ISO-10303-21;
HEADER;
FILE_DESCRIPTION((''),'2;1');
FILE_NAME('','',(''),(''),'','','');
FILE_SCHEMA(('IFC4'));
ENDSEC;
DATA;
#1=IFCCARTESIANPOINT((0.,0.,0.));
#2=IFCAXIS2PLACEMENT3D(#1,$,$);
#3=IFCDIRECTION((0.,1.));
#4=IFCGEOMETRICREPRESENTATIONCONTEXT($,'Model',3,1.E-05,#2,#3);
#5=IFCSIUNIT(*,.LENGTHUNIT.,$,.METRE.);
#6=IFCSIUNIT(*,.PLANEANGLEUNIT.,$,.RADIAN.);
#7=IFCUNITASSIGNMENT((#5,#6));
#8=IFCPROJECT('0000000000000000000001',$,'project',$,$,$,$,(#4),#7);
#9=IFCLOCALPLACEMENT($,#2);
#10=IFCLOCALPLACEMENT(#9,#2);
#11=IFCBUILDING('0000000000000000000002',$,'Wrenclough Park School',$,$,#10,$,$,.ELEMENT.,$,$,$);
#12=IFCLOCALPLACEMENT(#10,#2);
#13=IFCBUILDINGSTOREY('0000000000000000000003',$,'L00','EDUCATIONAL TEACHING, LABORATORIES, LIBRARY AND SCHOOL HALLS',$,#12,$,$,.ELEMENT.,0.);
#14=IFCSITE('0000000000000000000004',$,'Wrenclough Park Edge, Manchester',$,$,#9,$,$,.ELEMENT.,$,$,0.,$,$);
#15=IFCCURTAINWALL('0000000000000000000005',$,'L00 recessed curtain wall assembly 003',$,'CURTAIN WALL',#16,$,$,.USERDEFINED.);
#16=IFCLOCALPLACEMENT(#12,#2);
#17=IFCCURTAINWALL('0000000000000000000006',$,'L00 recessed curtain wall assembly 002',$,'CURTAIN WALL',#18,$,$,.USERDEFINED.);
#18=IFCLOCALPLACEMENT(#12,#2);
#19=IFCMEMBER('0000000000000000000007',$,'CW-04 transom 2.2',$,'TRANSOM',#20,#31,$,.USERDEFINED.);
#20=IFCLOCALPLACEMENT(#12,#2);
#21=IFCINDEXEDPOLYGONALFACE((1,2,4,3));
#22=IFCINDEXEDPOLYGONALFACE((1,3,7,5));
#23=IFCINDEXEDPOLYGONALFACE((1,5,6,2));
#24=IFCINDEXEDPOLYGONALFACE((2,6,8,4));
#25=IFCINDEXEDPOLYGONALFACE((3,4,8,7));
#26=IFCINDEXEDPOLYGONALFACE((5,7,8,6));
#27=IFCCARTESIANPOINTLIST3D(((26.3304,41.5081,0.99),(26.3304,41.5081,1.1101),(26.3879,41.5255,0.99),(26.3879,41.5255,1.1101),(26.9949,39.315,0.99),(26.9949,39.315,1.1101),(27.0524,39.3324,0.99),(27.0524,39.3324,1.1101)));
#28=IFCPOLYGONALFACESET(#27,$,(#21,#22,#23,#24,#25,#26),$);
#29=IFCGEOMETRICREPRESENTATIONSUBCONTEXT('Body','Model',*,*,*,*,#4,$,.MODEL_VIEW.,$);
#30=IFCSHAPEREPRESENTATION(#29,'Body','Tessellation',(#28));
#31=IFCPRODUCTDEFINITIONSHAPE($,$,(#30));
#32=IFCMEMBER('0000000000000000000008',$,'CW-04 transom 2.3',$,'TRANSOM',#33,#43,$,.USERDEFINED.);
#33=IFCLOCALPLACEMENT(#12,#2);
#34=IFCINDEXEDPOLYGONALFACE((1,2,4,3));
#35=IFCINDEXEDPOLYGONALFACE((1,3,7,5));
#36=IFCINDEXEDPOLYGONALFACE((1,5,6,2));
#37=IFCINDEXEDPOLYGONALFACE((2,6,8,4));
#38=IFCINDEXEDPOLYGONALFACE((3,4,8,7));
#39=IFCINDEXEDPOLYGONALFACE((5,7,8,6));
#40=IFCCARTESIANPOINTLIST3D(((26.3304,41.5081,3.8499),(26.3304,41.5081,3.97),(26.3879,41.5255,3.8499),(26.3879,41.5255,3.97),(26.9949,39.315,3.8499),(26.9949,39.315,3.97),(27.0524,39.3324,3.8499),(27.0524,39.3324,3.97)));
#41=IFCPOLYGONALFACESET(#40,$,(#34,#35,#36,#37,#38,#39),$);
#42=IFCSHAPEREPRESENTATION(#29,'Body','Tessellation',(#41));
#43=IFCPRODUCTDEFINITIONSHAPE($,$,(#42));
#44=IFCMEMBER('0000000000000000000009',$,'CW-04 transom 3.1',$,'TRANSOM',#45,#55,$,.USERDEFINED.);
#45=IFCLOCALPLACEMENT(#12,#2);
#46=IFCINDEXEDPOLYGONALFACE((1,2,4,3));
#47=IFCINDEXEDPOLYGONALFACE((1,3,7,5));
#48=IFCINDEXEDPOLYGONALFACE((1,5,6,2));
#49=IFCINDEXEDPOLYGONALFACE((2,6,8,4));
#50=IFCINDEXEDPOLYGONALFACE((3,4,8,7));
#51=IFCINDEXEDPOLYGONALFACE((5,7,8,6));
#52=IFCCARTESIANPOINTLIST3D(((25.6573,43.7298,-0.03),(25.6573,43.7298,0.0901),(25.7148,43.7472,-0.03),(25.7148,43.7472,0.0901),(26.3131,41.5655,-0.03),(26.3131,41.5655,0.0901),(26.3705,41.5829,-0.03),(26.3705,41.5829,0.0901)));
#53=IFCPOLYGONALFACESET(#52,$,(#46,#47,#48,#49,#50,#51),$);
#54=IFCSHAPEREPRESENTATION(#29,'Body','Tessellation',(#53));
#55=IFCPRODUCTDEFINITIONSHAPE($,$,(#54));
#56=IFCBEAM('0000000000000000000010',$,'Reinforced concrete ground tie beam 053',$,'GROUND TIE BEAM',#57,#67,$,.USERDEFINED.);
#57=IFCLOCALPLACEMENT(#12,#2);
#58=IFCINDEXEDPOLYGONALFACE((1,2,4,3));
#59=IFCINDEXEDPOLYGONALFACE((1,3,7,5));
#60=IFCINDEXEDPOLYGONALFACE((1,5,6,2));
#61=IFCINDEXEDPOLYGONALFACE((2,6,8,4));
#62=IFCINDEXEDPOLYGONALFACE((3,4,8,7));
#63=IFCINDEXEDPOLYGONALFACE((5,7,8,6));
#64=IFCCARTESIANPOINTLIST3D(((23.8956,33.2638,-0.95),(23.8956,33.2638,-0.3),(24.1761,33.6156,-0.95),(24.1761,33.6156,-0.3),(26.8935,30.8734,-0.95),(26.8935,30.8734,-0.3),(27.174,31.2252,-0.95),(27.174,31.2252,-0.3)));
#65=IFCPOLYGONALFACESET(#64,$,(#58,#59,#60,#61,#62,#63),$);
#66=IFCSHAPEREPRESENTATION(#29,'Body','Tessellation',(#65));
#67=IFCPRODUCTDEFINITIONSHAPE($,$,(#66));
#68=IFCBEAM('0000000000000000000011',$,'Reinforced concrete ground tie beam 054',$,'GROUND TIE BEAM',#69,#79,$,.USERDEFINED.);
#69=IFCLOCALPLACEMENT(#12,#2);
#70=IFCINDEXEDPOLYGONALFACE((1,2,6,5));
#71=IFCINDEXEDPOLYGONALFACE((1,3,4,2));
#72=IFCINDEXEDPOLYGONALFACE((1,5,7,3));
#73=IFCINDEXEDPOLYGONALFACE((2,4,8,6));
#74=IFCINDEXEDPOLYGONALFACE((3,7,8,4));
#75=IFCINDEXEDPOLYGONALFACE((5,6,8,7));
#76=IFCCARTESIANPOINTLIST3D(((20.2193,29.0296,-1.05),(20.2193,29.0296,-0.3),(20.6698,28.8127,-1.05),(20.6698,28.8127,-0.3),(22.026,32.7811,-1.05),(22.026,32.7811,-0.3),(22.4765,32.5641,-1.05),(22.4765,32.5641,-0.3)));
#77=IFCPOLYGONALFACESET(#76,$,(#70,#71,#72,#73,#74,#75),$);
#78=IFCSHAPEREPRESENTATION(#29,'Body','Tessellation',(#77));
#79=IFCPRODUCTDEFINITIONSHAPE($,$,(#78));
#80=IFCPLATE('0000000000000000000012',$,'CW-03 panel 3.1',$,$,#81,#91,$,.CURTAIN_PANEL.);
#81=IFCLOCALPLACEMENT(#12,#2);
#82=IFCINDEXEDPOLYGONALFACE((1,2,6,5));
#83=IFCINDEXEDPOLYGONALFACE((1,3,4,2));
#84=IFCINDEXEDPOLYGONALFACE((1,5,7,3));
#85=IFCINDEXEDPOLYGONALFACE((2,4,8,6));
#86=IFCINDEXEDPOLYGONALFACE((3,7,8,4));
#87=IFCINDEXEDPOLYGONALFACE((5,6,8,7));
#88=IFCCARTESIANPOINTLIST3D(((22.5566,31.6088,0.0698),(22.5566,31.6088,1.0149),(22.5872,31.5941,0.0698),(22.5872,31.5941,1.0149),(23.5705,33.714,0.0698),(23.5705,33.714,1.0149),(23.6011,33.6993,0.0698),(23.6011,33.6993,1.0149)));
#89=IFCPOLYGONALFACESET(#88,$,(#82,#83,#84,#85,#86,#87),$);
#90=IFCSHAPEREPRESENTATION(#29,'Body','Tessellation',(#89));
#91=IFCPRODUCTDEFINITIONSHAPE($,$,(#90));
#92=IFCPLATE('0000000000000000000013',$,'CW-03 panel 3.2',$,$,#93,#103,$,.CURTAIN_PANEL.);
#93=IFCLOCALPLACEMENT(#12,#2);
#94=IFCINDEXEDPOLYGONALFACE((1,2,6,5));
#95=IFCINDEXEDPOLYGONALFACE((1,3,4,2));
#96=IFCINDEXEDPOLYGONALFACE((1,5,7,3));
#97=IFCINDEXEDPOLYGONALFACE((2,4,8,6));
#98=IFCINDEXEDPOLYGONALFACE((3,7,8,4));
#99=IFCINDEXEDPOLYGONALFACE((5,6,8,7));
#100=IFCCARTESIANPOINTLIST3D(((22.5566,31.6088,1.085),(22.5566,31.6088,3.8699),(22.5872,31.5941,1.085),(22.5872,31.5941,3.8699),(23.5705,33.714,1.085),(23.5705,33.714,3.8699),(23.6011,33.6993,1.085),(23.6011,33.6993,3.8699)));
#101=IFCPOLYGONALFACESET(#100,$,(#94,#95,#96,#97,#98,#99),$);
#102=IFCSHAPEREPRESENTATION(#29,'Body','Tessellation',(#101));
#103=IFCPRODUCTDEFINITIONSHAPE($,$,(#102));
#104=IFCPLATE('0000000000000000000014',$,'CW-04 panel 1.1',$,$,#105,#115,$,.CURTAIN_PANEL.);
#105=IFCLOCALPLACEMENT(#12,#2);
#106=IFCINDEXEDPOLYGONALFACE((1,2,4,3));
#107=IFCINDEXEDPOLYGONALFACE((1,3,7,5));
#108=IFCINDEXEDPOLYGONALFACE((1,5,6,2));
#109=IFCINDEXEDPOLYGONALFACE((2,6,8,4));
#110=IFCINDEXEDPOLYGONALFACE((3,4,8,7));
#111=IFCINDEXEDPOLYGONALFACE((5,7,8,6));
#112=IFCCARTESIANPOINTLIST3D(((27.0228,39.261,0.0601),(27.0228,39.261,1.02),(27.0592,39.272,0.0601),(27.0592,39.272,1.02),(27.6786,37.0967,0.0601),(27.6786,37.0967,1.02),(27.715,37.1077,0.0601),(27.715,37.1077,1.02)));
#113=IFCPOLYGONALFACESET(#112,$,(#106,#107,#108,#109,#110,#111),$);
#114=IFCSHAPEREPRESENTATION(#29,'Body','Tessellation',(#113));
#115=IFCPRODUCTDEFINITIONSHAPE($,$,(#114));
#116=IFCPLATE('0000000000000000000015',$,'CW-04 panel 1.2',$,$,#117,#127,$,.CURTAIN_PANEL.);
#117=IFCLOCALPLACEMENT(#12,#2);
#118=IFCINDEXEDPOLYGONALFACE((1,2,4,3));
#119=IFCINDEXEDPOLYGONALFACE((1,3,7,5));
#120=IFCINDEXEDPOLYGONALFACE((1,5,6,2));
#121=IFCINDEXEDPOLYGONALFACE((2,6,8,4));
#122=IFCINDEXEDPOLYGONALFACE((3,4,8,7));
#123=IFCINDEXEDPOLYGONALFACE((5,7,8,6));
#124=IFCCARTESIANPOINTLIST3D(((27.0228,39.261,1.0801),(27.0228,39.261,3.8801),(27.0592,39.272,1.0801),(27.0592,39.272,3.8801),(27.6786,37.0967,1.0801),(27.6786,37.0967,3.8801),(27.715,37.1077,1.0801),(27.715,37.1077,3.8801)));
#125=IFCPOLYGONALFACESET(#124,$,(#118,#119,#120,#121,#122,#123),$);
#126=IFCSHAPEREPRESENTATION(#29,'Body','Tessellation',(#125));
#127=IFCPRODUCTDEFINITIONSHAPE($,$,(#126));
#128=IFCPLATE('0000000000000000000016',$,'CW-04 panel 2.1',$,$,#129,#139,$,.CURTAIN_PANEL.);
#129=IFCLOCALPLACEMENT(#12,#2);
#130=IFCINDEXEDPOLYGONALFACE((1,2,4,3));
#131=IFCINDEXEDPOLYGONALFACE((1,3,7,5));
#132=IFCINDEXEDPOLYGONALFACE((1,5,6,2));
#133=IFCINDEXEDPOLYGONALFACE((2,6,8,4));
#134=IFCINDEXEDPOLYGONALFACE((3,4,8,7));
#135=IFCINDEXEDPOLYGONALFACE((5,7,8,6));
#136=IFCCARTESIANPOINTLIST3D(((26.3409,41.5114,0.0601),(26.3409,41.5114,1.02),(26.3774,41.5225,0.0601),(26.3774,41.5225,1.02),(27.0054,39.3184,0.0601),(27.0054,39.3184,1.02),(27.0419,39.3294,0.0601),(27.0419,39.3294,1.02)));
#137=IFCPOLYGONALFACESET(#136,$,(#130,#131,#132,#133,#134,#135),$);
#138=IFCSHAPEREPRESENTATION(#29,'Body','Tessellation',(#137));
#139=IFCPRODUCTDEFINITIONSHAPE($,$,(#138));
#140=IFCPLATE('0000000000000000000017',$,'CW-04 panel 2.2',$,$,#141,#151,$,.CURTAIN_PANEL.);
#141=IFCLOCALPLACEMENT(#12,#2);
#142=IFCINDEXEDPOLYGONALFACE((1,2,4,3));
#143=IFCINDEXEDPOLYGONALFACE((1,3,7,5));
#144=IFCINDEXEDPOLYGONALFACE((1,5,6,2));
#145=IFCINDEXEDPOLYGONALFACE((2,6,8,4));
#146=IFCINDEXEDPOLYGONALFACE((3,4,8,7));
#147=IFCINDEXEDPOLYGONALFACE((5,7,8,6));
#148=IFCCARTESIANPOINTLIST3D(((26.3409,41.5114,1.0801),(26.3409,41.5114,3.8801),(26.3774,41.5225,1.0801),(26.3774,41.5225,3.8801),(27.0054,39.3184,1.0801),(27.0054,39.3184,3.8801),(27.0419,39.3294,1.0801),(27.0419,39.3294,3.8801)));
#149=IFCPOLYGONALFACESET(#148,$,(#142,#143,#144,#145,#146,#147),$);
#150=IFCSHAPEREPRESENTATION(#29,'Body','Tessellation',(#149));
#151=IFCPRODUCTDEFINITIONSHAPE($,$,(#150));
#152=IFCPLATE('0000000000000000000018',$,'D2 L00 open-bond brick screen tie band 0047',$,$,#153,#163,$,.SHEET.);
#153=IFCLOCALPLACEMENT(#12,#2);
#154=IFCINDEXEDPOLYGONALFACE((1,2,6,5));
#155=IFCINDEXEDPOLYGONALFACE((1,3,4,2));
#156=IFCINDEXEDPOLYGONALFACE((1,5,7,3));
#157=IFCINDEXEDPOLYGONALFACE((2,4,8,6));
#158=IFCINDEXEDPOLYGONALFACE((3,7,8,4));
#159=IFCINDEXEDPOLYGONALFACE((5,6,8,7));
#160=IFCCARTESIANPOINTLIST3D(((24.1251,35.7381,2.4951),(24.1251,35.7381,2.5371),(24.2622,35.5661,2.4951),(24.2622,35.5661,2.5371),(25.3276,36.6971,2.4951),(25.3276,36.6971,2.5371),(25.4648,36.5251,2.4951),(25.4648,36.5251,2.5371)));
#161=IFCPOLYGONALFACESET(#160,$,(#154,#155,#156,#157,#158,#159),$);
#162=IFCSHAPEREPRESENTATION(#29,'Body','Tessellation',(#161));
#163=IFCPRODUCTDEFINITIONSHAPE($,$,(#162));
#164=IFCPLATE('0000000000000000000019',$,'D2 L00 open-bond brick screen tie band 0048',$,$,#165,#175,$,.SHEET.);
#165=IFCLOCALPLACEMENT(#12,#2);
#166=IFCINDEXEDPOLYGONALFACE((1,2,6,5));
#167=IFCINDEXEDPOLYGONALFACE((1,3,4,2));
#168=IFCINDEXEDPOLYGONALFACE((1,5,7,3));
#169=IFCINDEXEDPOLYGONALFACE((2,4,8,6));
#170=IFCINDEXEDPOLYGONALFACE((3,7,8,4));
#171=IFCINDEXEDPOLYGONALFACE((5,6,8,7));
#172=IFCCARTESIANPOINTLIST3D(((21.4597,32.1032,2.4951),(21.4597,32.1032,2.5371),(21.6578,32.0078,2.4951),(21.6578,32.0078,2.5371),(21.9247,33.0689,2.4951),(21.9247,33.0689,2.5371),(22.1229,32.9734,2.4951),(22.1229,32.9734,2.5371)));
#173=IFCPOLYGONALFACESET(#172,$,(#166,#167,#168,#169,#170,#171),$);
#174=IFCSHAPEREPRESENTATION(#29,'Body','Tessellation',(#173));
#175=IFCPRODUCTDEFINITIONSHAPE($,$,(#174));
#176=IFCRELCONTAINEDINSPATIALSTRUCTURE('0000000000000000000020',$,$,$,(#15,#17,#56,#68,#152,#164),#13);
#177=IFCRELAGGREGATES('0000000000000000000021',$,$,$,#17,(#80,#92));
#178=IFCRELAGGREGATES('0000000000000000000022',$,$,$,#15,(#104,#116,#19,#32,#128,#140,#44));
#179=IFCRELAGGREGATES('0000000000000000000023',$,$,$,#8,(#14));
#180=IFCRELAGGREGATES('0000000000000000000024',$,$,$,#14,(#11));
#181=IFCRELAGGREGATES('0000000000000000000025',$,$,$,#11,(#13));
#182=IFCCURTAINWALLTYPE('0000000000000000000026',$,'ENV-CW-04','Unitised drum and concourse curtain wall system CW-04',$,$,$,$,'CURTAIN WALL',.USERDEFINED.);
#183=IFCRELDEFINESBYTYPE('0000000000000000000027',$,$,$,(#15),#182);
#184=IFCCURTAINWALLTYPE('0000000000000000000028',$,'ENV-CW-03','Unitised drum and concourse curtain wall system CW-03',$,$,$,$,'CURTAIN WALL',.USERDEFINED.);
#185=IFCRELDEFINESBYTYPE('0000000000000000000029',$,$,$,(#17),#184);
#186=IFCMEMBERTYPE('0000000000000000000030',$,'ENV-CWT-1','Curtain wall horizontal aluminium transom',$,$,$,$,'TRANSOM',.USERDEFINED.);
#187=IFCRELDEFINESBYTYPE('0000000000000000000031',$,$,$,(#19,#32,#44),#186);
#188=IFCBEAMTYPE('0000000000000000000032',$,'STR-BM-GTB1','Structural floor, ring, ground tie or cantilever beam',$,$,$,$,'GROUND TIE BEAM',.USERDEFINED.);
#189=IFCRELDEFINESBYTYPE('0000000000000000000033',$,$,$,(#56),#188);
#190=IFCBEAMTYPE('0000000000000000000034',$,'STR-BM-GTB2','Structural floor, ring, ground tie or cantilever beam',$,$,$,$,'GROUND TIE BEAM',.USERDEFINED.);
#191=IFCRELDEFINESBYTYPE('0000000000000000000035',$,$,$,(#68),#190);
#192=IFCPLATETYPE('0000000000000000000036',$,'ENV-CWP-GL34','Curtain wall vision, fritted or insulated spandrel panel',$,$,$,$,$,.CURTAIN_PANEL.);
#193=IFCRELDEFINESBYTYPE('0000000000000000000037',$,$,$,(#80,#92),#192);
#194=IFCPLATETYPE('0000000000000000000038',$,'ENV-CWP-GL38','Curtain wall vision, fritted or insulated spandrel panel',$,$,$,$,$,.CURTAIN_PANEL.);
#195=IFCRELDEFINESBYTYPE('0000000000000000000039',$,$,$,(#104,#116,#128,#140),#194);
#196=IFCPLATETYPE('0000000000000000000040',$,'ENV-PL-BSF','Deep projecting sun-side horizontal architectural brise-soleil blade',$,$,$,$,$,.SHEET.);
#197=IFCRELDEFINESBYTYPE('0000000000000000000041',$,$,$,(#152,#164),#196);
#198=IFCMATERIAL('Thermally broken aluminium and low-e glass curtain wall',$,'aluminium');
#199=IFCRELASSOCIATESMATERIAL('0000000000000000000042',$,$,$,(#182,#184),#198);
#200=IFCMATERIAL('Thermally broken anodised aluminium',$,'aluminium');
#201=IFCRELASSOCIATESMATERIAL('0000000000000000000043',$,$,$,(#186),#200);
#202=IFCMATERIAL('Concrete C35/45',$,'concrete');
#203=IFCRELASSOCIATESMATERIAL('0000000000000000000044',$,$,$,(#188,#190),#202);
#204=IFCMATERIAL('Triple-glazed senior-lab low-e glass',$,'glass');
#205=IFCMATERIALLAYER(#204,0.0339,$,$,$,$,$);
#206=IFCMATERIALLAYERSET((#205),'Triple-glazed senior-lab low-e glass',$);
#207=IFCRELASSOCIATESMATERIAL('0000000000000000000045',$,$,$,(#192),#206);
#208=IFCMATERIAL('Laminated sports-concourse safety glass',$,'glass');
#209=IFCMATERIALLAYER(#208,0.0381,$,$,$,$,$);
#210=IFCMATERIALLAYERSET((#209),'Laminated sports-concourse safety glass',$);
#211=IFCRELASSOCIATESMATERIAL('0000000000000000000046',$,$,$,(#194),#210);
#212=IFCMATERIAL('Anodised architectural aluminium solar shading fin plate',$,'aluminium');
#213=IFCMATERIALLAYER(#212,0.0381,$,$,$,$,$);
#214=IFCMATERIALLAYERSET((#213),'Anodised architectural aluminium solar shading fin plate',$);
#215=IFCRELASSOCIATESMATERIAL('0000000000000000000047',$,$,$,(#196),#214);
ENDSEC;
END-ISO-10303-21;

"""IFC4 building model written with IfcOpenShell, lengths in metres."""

from ifc_helpers import new_model, si_unit, direction, frame, origin, origin_2d, place, context, subcontext, project, spatial, rectangle, extrude, material, layer, layer_set, material_profile, profile_set, type_object, element, aggregate, save


model = new_model("IFC4")

# Units and contexts
model_context = context("Model", 3, precision=1e-05, world=origin(), true_north=direction((0.0, 1.0)))
body_context = subcontext(model_context, "Body", "Model", "MODEL_VIEW")
ifc_project = project(units=[si_unit("LENGTHUNIT", "METRE"), si_unit("PLANEANGLEUNIT", "RADIAN")], contexts=[model_context])

# Site, building, storey
site_placement = place(None, origin())
site = spatial("IfcSite", under=ifc_project, at=site_placement, Name="Wrenclough Park Edge, Manchester", CompositionType="ELEMENT", RefElevation=0.0)
building_placement = place(site_placement, origin())
building = spatial("IfcBuilding", under=site, at=building_placement, Name="Wrenclough Park School", CompositionType="ELEMENT")
storey_placement = place(building_placement, origin())
storey = spatial("IfcBuildingStorey", under=building, at=storey_placement, Name="L00", Description="EDUCATIONAL TEACHING, LABORATORIES, LIBRARY AND SCHOOL HALLS", CompositionType="ELEMENT", Elevation=0.0)

# Shared definitions
ifc_material_1 = material(Name="Concrete C35/45", Category="concrete")

# Curtain wall
ifc_material_2 = material(Name="Thermally broken aluminium and low-e glass curtain wall", Category="aluminium")
curtain_wall_type_1 = type_object("IfcCurtainWallType", Name="ENV-CW-04", Description="Unitised drum and concourse curtain wall system CW-04", ElementType="CURTAIN WALL", PredefinedType="USERDEFINED", material=ifc_material_2)
curtain_wall_1_placement = place(storey_placement, origin())
curtain_wall_1 = element("IfcCurtainWall", 1, at=curtain_wall_1_placement, inside=storey, type_object=curtain_wall_type_1, Name="L00 recessed curtain wall assembly 003", ObjectType="CURTAIN WALL", PredefinedType="USERDEFINED")
ifc_material_3 = material(Name="Thermally broken anodised aluminium", Category="aluminium")

# Curtain wall
curtain_wall_type_2 = type_object("IfcCurtainWallType", Name="ENV-CW-03", Description="Unitised drum and concourse curtain wall system CW-03", ElementType="CURTAIN WALL", PredefinedType="USERDEFINED", material=ifc_material_2)
curtain_wall_2_placement = place(storey_placement, origin())
curtain_wall_2 = element("IfcCurtainWall", 2, at=curtain_wall_2_placement, inside=storey, type_object=curtain_wall_type_2, Name="L00 recessed curtain wall assembly 002", ObjectType="CURTAIN WALL", PredefinedType="USERDEFINED")

# Members
ifc_material_profile_1 = material_profile(ifc_material_3, rectangle(XDim=0.0601, YDim=0.1201, at=origin_2d()), Name="AL TRANSOM 60x120")
ifc_profile_set_1 = profile_set([ifc_material_profile_1], Name="Thermally broken anodised aluminium")
member_type_1 = type_object("IfcMemberType", Name="ENV-CWT-1", Description="Curtain wall horizontal aluminium transom", ElementType="TRANSOM", PredefinedType="USERDEFINED", material=ifc_profile_set_1)
member_1_placement = place(storey_placement, frame((27.0237, 39.3237, 1.05), z_axis=(-0.289996, 0.957028, 0.0), x_axis=(-0.957028, -0.289996, 0.0)))
member_1 = element("IfcMember", 3, at=member_1_placement, type_object=member_type_1, Name="CW-04 transom 2.2", ObjectType="TRANSOM", PredefinedType="USERDEFINED", context=body_context, shape_type="SweptSolid", body=[
    extrude(rectangle(XDim=0.0601, YDim=0.1201, at=origin_2d()), origin(), (0.0, 0.0, 1.0), 2.2915),
])
member_2_placement = place(storey_placement, frame((27.0237, 39.3237, 3.9099), z_axis=(-0.289996, 0.957028, 0.0), x_axis=(-0.957028, -0.289996, 0.0)))
member_2 = element("IfcMember", 4, at=member_2_placement, type_object=member_type_1, Name="CW-04 transom 2.3", ObjectType="TRANSOM", PredefinedType="USERDEFINED", context=body_context, shape_type="SweptSolid", body=[
    extrude(rectangle(XDim=0.0601, YDim=0.1201, at=origin_2d()), origin(), (0.0, 0.0, 1.0), 2.2915),
])
member_3_placement = place(storey_placement, frame((26.3418, 41.5742, 0.03), z_axis=(-0.289971, 0.957035, 0.0), x_axis=(-0.957035, -0.289971, 0.0)))
member_3 = element("IfcMember", 5, at=member_3_placement, type_object=member_type_1, Name="CW-04 transom 3.1", ObjectType="TRANSOM", PredefinedType="USERDEFINED", context=body_context, shape_type="SweptSolid", body=[
    extrude(rectangle(XDim=0.0601, YDim=0.1201, at=origin_2d()), origin(), (0.0, 0.0, 1.0), 2.2615),
])

# Beams
ifc_material_profile_2 = material_profile(ifc_material_1, rectangle(XDim=0.45, YDim=0.6499, at=origin_2d()), Name="RC GROUND 450x650")
ifc_profile_set_2 = profile_set([ifc_material_profile_2], Name="Concrete C35/45")
beam_type_1 = type_object("IfcBeamType", Name="STR-BM-GTB1", Description="Structural floor, ring, ground tie or cantilever beam", ElementType="GROUND TIE BEAM", PredefinedType="USERDEFINED", material=ifc_profile_set_2)
beam_1_placement = place(storey_placement, frame((24.0359, 33.4397, -0.625), z_axis=(0.781868, -0.623444, 0.0), x_axis=(0.623444, 0.781868, 0.0)))
element("IfcBeam", 6, at=beam_1_placement, inside=storey, type_object=beam_type_1, Name="Reinforced concrete ground tie beam 053", ObjectType="GROUND TIE BEAM", PredefinedType="USERDEFINED", context=body_context, shape_type="SweptSolid", body=[
    extrude(rectangle(XDim=0.45, YDim=0.6499, at=origin_2d()), origin(), (0.0, 0.0, 1.0), 3.8342),
])
ifc_material_profile_3 = material_profile(ifc_material_1, rectangle(XDim=0.5, YDim=0.75, at=origin_2d()), Name="RC GROUND 500x750")
ifc_profile_set_3 = profile_set([ifc_material_profile_3], Name="Concrete C35/45")
beam_type_2 = type_object("IfcBeamType", Name="STR-BM-GTB2", Description="Structural floor, ring, ground tie or cantilever beam", ElementType="GROUND TIE BEAM", PredefinedType="USERDEFINED", material=ifc_profile_set_3)
beam_2_placement = place(storey_placement, frame((22.2512, 32.6726, -0.675), z_axis=(-0.43389, -0.900966, 0.0), x_axis=(0.900966, -0.43389, 0.0)))
element("IfcBeam", 7, at=beam_2_placement, inside=storey, type_object=beam_type_2, Name="Reinforced concrete ground tie beam 054", ObjectType="GROUND TIE BEAM", PredefinedType="USERDEFINED", context=body_context, shape_type="SweptSolid", body=[
    extrude(rectangle(XDim=0.5, YDim=0.75, at=origin_2d()), origin(), (0.0, 0.0, 1.0), 4.1638),
])

# Plates
ifc_material_4 = material(Name="Triple-glazed senior-lab low-e glass", Category="glass")
ifc_layer_1 = layer(ifc_material_4, 0.0339)
ifc_layer_set_1 = layer_set([ifc_layer_1], Name="Triple-glazed senior-lab low-e glass")
plate_type_1 = type_object("IfcPlateType", Name="ENV-CWP-GL34", Description="Curtain wall vision, fritted or insulated spandrel panel", PredefinedType="CURTAIN_PANEL", material=ifc_layer_set_1)
plate_1_placement = place(storey_placement, frame((23.0789, 32.6541, 0.0698), z_axis=(0.0, 0.0, 1.0), x_axis=(0.433895, 0.900964, 0.0)))
plate_1 = element("IfcPlate", 8, at=plate_1_placement, type_object=plate_type_1, Name="CW-03 panel 3.1", PredefinedType="CURTAIN_PANEL", context=body_context, shape_type="SweptSolid", body=[
    extrude(rectangle(XDim=2.3367, YDim=0.0339, at=origin_2d()), origin(), (0.0, 0.0, 1.0), 0.9451),
])
plate_2_placement = place(storey_placement, frame((23.0789, 32.6541, 1.085), z_axis=(0.0, 0.0, 1.0), x_axis=(0.433895, 0.900964, 0.0)))
plate_2 = element("IfcPlate", 9, at=plate_2_placement, type_object=plate_type_1, Name="CW-03 panel 3.2", PredefinedType="CURTAIN_PANEL", context=body_context, shape_type="SweptSolid", body=[
    extrude(rectangle(XDim=2.3367, YDim=0.0339, at=origin_2d()), origin(), (0.0, 0.0, 1.0), 2.7849),
])
aggregate(curtain_wall_2, [plate_1, plate_2])
ifc_material_5 = material(Name="Laminated sports-concourse safety glass", Category="glass")
ifc_layer_2 = layer(ifc_material_5, 0.0381)
ifc_layer_set_2 = layer_set([ifc_layer_2], Name="Laminated sports-concourse safety glass")
plate_type_2 = type_object("IfcPlateType", Name="ENV-CWP-GL38", Description="Curtain wall vision, fritted or insulated spandrel panel", PredefinedType="CURTAIN_PANEL", material=ifc_layer_set_2)
plate_3_placement = place(storey_placement, frame((27.3689, 38.1843, 0.0601), z_axis=(0.0, 0.0, 1.0), x_axis=(-0.289988, 0.95703, 0.0)))
plate_3 = element("IfcPlate", 10, at=plate_3_placement, type_object=plate_type_2, Name="CW-04 panel 1.1", PredefinedType="CURTAIN_PANEL", context=body_context, shape_type="SweptSolid", body=[
    extrude(rectangle(XDim=2.2615, YDim=0.0381, at=origin_2d()), origin(), (0.0, 0.0, 1.0), 0.96),
])
plate_4_placement = place(storey_placement, frame((27.3689, 38.1843, 1.0801), z_axis=(0.0, 0.0, 1.0), x_axis=(-0.289988, 0.95703, 0.0)))
plate_4 = element("IfcPlate", 11, at=plate_4_placement, type_object=plate_type_2, Name="CW-04 panel 1.2", PredefinedType="CURTAIN_PANEL", context=body_context, shape_type="SweptSolid", body=[
    extrude(rectangle(XDim=2.2615, YDim=0.0381, at=origin_2d()), origin(), (0.0, 0.0, 1.0), 2.8),
])
plate_5_placement = place(storey_placement, frame((26.6914, 40.4204, 0.0601), z_axis=(0.0, 0.0, 1.0), x_axis=(-0.289988, 0.95703, 0.0)))
plate_5 = element("IfcPlate", 12, at=plate_5_placement, type_object=plate_type_2, Name="CW-04 panel 2.1", PredefinedType="CURTAIN_PANEL", context=body_context, shape_type="SweptSolid", body=[
    extrude(rectangle(XDim=2.2915, YDim=0.0381, at=origin_2d()), origin(), (0.0, 0.0, 1.0), 0.96),
])
plate_6_placement = place(storey_placement, frame((26.6914, 40.4204, 1.0801), z_axis=(0.0, 0.0, 1.0), x_axis=(-0.289988, 0.95703, 0.0)))
plate_6 = element("IfcPlate", 13, at=plate_6_placement, type_object=plate_type_2, Name="CW-04 panel 2.2", PredefinedType="CURTAIN_PANEL", context=body_context, shape_type="SweptSolid", body=[
    extrude(rectangle(XDim=2.2915, YDim=0.0381, at=origin_2d()), origin(), (0.0, 0.0, 1.0), 2.8),
])
aggregate(curtain_wall_1, [plate_3, plate_4, member_1, member_2, plate_5, plate_6, member_3])

# Plates
ifc_material_6 = material(Name="Anodised architectural aluminium solar shading fin plate", Category="aluminium")
ifc_layer_3 = layer(ifc_material_6, 0.0381)
ifc_layer_set_3 = layer_set([ifc_layer_3], Name="Anodised architectural aluminium solar shading fin plate")
plate_type_3 = type_object("IfcPlateType", Name="ENV-PL-BSF", Description="Deep projecting sun-side horizontal architectural brise-soleil blade", PredefinedType="SHEET", material=ifc_layer_set_3)
plate_7_placement = place(storey_placement, frame((24.7949, 36.1316, 2.4951), z_axis=(0.0, 0.0, 1.0), x_axis=(-0.781833, -0.623487, 0.0)))
element("IfcPlate", 14, at=plate_7_placement, inside=storey, type_object=plate_type_3, Name="D2 L00 open-bond brick screen tie band 0047", PredefinedType="SHEET", context=body_context, shape_type="SweptSolid", body=[
    extrude(rectangle(XDim=1.5381, YDim=0.22, at=origin_2d()), origin(), (0.0, 0.0, 1.0), 0.042),
])
plate_8_placement = place(storey_placement, frame((21.7913, 32.5383, 2.4951), z_axis=(0.0, 0.0, 1.0), x_axis=(-0.43387, -0.900975, 0.0)))
element("IfcPlate", 15, at=plate_8_placement, inside=storey, type_object=plate_type_3, Name="D2 L00 open-bond brick screen tie band 0048", PredefinedType="SHEET", context=body_context, shape_type="SweptSolid", body=[
    extrude(rectangle(XDim=1.0718, YDim=0.22, at=origin_2d()), origin(), (0.0, 0.0, 1.0), 0.042),
])

save(model, "model.ifc")
